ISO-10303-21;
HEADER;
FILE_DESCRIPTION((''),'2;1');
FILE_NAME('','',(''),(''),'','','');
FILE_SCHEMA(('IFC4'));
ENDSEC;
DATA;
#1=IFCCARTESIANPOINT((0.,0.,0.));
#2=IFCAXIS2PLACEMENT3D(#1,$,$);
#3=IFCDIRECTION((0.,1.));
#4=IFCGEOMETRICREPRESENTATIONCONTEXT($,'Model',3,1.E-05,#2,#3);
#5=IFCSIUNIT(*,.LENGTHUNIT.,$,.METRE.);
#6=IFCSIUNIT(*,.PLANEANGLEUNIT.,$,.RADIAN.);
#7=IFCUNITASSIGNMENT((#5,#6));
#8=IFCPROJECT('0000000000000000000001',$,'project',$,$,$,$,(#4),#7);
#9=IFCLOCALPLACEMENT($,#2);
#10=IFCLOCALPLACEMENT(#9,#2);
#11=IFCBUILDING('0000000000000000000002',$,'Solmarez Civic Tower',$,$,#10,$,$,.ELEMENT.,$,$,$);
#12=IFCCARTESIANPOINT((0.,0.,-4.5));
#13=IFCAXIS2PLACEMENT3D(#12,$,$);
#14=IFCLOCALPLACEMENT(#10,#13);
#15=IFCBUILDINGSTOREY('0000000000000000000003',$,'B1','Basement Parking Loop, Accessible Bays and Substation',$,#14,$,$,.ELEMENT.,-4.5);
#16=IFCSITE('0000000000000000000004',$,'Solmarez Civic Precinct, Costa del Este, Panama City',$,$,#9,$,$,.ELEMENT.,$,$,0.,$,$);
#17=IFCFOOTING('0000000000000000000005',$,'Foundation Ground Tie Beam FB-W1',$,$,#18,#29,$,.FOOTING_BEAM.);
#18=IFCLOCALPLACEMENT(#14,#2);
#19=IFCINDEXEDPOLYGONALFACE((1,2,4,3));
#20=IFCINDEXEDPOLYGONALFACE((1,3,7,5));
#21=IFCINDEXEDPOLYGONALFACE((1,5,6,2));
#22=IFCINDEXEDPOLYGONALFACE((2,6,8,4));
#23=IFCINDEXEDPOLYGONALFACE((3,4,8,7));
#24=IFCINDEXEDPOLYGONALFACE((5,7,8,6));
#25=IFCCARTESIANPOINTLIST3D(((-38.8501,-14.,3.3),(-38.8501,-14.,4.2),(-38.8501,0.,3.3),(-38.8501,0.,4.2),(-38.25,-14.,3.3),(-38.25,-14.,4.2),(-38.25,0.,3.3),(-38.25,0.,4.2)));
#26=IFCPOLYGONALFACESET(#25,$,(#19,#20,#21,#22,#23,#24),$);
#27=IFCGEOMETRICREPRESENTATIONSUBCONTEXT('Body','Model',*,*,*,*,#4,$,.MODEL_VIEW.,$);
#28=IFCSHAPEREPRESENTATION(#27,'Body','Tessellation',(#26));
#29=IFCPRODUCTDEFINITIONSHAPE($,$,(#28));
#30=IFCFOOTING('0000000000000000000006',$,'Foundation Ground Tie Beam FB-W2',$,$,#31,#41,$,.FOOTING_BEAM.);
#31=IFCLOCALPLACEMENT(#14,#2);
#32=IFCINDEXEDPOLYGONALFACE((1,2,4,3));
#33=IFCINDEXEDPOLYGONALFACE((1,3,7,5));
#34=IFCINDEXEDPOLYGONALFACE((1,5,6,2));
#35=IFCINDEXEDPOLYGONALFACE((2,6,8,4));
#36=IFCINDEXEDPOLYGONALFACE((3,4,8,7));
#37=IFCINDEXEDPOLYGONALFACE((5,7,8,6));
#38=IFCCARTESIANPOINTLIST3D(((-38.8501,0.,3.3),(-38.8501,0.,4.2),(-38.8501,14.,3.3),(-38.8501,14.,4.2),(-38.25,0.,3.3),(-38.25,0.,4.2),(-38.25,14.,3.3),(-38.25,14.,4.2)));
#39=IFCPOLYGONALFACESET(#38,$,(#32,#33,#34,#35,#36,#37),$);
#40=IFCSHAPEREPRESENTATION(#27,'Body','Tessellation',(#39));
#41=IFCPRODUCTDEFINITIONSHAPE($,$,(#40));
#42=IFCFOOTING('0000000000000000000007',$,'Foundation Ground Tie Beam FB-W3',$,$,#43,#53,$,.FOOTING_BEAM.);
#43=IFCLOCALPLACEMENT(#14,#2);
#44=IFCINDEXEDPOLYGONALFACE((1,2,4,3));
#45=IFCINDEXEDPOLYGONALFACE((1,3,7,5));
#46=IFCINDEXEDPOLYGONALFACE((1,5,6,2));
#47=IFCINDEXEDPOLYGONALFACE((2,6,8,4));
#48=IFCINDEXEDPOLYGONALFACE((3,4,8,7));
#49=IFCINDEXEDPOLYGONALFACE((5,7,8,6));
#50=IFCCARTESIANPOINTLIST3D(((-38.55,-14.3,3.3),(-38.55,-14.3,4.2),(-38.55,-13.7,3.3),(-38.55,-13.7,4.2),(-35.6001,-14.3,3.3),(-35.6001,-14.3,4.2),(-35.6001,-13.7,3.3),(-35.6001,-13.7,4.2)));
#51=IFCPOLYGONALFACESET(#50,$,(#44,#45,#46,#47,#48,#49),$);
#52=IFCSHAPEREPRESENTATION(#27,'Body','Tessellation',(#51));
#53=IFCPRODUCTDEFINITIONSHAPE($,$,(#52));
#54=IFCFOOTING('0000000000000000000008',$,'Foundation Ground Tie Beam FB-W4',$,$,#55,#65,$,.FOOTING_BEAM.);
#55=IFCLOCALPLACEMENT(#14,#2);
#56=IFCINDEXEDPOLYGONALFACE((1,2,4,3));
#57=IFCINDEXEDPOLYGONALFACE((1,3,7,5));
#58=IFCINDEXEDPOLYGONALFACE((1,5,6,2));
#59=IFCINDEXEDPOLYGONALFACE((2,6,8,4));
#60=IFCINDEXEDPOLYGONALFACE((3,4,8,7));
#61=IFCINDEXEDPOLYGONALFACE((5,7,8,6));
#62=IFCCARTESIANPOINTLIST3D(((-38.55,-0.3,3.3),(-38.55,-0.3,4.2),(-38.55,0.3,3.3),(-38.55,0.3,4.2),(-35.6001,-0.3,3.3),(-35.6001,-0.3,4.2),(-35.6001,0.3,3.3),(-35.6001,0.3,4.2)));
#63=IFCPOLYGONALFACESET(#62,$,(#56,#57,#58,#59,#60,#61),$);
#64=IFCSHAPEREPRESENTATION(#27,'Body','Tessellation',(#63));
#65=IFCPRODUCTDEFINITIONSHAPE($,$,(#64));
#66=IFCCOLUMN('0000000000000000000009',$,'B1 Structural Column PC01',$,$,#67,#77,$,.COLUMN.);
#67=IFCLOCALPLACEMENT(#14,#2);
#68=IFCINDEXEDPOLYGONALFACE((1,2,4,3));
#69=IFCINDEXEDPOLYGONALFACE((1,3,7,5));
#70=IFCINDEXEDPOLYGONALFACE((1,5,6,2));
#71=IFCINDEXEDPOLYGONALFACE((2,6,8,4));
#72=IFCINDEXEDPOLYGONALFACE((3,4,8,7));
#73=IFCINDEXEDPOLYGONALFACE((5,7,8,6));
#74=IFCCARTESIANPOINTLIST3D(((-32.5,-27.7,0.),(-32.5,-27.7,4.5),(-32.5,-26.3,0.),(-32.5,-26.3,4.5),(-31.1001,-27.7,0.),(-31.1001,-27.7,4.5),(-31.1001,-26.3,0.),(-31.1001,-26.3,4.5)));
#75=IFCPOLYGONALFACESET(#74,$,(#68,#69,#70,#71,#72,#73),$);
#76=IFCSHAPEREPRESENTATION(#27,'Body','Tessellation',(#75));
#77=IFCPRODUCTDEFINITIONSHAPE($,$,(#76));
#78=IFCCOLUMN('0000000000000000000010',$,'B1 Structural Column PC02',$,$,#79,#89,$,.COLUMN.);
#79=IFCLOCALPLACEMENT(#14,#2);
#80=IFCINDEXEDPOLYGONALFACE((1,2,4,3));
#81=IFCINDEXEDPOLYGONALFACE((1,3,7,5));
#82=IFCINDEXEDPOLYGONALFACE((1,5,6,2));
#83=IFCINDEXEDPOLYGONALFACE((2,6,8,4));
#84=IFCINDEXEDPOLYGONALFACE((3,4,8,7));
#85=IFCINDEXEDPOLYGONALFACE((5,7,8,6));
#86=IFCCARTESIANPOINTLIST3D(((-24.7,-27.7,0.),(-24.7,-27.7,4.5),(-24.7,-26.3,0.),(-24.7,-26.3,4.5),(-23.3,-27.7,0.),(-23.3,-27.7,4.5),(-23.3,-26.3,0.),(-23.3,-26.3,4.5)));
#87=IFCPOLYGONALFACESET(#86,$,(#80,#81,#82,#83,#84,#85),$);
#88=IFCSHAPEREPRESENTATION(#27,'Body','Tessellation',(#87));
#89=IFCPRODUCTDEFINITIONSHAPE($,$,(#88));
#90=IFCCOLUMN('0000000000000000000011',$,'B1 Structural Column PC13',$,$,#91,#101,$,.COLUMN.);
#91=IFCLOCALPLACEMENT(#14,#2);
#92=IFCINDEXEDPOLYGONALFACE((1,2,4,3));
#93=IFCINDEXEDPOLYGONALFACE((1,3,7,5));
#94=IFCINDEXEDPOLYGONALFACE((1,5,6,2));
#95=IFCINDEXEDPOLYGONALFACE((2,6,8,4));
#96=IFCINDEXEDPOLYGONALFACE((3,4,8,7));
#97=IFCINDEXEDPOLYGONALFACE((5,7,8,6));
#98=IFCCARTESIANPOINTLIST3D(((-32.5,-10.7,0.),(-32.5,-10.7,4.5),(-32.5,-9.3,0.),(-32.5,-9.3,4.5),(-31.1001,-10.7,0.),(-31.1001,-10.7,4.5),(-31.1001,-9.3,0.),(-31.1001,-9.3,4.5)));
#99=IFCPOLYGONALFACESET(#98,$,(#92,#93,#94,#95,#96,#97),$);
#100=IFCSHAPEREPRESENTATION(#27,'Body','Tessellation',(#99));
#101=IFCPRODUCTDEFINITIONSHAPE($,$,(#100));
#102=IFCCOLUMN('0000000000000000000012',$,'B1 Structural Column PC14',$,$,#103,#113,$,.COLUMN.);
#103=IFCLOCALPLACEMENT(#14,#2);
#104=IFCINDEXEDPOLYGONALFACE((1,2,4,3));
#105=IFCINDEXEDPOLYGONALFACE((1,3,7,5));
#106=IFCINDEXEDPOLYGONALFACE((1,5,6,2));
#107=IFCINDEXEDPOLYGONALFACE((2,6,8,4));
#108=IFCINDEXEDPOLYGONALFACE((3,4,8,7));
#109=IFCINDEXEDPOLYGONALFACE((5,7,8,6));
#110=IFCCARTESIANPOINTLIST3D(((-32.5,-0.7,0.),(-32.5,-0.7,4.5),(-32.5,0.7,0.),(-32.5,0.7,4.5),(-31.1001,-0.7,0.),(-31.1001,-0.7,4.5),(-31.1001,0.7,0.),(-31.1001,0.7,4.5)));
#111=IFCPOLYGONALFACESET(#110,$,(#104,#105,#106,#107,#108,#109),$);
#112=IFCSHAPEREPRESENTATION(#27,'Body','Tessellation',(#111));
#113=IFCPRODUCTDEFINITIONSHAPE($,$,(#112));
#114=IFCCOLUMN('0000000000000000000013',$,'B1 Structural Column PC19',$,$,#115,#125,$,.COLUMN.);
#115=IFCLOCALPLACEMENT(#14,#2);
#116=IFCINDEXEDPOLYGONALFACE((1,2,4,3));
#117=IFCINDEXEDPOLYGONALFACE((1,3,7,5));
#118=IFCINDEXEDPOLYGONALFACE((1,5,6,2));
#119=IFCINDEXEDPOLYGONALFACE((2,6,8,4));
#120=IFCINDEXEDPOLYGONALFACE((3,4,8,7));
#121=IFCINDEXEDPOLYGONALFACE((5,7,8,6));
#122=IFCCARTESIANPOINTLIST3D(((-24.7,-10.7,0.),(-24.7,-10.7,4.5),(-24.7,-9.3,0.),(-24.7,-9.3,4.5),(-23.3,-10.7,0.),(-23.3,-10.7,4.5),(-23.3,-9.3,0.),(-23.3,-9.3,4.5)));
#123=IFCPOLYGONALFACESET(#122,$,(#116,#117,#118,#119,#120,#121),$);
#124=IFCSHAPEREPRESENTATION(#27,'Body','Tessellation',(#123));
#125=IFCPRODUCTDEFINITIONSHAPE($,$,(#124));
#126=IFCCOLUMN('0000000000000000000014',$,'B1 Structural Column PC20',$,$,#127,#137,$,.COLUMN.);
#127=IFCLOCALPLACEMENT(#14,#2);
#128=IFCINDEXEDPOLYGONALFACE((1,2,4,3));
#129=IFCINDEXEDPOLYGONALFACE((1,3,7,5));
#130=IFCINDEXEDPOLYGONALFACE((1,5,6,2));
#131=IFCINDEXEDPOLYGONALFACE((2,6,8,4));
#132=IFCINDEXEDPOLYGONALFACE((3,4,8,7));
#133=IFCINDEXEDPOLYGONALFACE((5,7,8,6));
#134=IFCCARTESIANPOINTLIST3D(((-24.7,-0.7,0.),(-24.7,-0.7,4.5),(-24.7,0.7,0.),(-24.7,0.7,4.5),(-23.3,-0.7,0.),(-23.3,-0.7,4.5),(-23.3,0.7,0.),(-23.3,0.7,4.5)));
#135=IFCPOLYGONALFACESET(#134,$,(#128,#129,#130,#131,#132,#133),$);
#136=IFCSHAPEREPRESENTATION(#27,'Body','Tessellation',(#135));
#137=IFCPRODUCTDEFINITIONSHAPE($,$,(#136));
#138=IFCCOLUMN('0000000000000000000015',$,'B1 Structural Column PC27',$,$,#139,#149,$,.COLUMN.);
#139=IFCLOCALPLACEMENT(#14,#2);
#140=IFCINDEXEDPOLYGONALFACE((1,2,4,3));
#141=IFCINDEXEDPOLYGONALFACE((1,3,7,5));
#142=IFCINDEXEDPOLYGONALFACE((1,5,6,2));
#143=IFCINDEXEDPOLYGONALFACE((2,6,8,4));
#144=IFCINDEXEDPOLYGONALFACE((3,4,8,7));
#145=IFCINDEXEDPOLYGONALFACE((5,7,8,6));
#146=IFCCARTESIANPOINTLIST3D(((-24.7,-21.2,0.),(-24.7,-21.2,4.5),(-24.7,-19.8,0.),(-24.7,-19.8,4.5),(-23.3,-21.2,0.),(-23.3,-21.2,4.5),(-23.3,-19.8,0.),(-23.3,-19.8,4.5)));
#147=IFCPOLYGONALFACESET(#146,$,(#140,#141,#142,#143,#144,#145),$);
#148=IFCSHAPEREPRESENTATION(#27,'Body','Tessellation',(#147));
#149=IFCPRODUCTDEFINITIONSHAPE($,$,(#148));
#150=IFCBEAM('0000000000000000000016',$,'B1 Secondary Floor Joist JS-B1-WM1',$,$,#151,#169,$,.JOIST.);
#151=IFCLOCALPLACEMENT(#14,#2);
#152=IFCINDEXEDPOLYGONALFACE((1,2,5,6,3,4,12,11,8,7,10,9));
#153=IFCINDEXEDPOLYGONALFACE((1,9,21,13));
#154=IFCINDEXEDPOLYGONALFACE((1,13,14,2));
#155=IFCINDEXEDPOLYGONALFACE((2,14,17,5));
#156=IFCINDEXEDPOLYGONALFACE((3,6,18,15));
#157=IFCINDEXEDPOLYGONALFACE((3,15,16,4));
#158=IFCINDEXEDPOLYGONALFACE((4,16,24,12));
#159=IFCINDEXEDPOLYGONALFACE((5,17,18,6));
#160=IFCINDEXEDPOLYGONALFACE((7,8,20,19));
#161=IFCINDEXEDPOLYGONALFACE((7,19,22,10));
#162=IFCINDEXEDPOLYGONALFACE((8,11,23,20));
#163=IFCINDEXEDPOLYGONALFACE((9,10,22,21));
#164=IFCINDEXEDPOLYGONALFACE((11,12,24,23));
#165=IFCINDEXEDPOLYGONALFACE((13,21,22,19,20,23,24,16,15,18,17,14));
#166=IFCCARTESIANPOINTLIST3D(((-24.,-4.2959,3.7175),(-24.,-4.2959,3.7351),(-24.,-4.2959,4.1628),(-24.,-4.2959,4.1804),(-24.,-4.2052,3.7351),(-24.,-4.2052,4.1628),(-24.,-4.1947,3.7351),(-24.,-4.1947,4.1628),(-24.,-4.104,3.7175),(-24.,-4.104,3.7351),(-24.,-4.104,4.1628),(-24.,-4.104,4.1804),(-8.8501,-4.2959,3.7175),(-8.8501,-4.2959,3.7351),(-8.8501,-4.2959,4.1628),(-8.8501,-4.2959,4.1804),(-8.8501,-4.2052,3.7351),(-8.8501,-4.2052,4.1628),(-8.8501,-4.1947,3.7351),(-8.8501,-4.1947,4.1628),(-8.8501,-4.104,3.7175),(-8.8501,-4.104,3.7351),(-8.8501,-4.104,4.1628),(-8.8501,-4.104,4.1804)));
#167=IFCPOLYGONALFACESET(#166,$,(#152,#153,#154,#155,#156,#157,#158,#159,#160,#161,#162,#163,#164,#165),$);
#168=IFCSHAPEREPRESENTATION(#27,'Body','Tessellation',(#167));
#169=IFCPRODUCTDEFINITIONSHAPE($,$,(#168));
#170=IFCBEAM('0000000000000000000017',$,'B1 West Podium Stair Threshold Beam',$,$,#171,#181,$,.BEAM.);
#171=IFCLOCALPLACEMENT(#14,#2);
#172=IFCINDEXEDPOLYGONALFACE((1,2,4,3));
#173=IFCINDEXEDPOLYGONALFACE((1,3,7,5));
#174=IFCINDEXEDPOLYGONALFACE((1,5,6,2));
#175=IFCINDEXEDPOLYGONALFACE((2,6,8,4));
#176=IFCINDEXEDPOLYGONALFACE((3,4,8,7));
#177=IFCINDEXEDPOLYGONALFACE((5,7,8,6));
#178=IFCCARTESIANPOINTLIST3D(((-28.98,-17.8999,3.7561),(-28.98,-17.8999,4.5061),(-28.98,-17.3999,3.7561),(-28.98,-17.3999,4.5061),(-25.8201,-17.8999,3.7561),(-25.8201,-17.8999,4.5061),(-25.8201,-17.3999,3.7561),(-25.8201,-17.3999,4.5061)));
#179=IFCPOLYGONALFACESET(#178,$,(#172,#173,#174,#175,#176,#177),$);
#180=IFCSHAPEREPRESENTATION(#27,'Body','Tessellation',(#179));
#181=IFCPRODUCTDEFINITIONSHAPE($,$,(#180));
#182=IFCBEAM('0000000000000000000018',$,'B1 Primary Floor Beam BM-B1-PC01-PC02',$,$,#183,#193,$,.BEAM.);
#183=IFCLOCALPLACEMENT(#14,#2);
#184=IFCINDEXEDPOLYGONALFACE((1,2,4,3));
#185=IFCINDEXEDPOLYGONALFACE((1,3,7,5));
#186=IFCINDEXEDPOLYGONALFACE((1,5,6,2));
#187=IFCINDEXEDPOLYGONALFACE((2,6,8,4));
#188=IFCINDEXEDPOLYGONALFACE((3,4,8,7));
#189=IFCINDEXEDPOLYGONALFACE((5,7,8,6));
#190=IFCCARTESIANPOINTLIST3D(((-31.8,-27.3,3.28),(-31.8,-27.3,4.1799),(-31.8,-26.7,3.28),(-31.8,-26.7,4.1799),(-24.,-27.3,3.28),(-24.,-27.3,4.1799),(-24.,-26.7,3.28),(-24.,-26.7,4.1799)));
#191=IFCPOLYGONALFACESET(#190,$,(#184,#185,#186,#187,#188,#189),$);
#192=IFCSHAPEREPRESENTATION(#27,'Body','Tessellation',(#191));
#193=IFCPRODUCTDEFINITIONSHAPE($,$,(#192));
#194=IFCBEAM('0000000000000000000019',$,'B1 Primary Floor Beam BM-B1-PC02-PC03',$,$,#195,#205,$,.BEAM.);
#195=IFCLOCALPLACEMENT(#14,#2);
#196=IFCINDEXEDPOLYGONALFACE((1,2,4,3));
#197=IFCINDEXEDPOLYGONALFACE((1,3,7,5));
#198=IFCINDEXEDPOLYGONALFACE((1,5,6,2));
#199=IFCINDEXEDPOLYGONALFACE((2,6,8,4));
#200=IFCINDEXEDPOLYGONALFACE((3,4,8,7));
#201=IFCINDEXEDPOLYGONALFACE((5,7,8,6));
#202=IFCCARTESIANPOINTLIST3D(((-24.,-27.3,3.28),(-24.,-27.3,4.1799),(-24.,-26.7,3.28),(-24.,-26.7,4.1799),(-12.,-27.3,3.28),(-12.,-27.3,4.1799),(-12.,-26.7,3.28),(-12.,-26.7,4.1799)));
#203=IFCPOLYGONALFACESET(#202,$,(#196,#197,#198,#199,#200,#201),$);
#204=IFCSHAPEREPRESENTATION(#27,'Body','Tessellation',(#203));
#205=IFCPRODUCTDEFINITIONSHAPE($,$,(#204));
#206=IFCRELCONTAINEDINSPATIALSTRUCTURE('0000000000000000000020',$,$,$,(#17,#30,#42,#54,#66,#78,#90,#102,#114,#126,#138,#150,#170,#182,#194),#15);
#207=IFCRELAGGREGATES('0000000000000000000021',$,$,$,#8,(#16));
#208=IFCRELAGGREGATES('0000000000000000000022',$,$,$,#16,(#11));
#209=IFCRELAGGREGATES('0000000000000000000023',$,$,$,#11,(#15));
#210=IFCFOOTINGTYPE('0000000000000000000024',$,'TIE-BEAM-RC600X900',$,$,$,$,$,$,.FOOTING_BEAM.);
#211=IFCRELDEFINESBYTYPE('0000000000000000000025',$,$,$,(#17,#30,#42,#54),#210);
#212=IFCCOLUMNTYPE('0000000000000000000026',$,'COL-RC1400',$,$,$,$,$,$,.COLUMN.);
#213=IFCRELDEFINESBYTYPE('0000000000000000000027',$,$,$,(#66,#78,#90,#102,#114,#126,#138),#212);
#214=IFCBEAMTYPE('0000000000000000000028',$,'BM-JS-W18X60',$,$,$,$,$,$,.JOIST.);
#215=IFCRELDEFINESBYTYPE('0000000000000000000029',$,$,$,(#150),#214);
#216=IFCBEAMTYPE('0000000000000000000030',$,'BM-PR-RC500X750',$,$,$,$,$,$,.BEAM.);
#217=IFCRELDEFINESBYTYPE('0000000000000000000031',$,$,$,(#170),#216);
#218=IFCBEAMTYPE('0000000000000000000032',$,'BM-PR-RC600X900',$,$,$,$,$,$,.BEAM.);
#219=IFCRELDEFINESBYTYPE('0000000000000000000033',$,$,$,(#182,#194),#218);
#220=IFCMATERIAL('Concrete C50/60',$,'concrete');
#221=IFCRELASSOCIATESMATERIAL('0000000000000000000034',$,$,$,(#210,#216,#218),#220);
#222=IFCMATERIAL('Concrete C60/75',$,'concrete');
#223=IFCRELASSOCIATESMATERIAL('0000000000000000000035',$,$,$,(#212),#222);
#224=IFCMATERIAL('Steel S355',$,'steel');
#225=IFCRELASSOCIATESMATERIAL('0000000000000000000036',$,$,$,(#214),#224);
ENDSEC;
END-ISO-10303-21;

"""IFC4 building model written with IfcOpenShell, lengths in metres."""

from ifc_helpers import new_model, si_unit, direction, frame, origin, origin_2d, place, context, subcontext, project, spatial, rectangle, i_section, extrude, material, material_profile, profile_set, type_object, element, save


model = new_model("IFC4")

# Units and contexts
model_context = context("Model", 3, precision=1e-05, world=origin(), true_north=direction((0.0, 1.0)))
body_context = subcontext(model_context, "Body", "Model", "MODEL_VIEW")
ifc_project = project(units=[si_unit("LENGTHUNIT", "METRE"), si_unit("PLANEANGLEUNIT", "RADIAN")], contexts=[model_context])

# Site, building, storey
site_placement = place(None, origin())
site = spatial("IfcSite", under=ifc_project, at=site_placement, Name="Solmarez Civic Precinct, Costa del Este, Panama City", CompositionType="ELEMENT", RefElevation=0.0)
building_placement = place(site_placement, origin())
building = spatial("IfcBuilding", under=site, at=building_placement, Name="Solmarez Civic Tower", CompositionType="ELEMENT")
storey_placement = place(building_placement, frame((0.0, 0.0, -4.5)))
storey = spatial("IfcBuildingStorey", under=building, at=storey_placement, Name="B1", Description="Basement Parking Loop, Accessible Bays and Substation", CompositionType="ELEMENT", Elevation=-4.5)

# Footings
ifc_material_1 = material(Name="Concrete C50/60", Category="concrete")
ifc_material_profile_1 = material_profile(ifc_material_1, rectangle(XDim=0.6001, YDim=0.8999, at=origin_2d()), Name="RC600X900")
ifc_profile_set_1 = profile_set([ifc_material_profile_1], Name="Concrete C50/60")
footing_type = type_object("IfcFootingType", Name="TIE-BEAM-RC600X900", PredefinedType="FOOTING_BEAM", material=ifc_profile_set_1)
for number, where, z_axis, x_axis, name in (
    (1, (-38.55, -14.0, 3.75), (0.0, 1.0, 0.0), (-1.0, 0.0, 0.0), "Foundation Ground Tie Beam FB-W1"),
    (2, (-38.55, 0.0, 3.75), (0.0, 1.0, 0.0), (-1.0, 0.0, 0.0), "Foundation Ground Tie Beam FB-W2"),
):
    element("IfcFooting", number, at=place(storey_placement, frame(where, z_axis=z_axis, x_axis=x_axis)), inside=storey, type_object=footing_type, Name=name, PredefinedType="FOOTING_BEAM", context=body_context, shape_type="SweptSolid", body=[
        extrude(rectangle(XDim=0.6001, YDim=0.8999, at=origin_2d()), origin(), (0.0, 0.0, 1.0), 14.0),
    ])
for number, where, z_axis, x_axis, name in (
    (3, (-38.55, -14.0, 3.75), (1.0, 0.0, 0.0), (0.0, 1.0, 0.0), "Foundation Ground Tie Beam FB-W3"),
    (4, (-38.55, 0.0, 3.75), (1.0, 0.0, 0.0), (0.0, 1.0, 0.0), "Foundation Ground Tie Beam FB-W4"),
):
    element("IfcFooting", number, at=place(storey_placement, frame(where, z_axis=z_axis, x_axis=x_axis)), inside=storey, type_object=footing_type, Name=name, PredefinedType="FOOTING_BEAM", context=body_context, shape_type="SweptSolid", body=[
        extrude(rectangle(XDim=0.6001, YDim=0.8999, at=origin_2d()), origin(), (0.0, 0.0, 1.0), 2.95),
    ])

# Columns
ifc_material_2 = material(Name="Concrete C60/75", Category="concrete")
ifc_material_profile_2 = material_profile(ifc_material_2, rectangle(XDim=1.3999, YDim=1.3999, at=origin_2d()), Name="RC1400X1400")
ifc_profile_set_2 = profile_set([ifc_material_profile_2], Name="Concrete C60/75")
column_type = type_object("IfcColumnType", Name="COL-RC1400", PredefinedType="COLUMN", material=ifc_profile_set_2)
for number, where, z_axis, x_axis, name in (
    (5, (-31.8, -27.0, 0.0), (0.0, 0.0, 1.0), (1.0, 0.0, 0.0), "B1 Structural Column PC01"),
    (6, (-24.0, -27.0, 0.0), (0.0, 0.0, 1.0), (1.0, 0.0, 0.0), "B1 Structural Column PC02"),
    (7, (-31.8, -10.0, 0.0), (0.0, 0.0, 1.0), (1.0, 0.0, 0.0), "B1 Structural Column PC13"),
    (8, (-31.8, 0.0, 0.0), (0.0, 0.0, 1.0), (1.0, 0.0, 0.0), "B1 Structural Column PC14"),
    (9, (-24.0, -10.0, 0.0), (0.0, 0.0, 1.0), (1.0, 0.0, 0.0), "B1 Structural Column PC19"),
    (10, (-24.0, 0.0, 0.0), (0.0, 0.0, 1.0), (1.0, 0.0, 0.0), "B1 Structural Column PC20"),
    (11, (-24.0, -20.5, 0.0), (0.0, 0.0, 1.0), (1.0, 0.0, 0.0), "B1 Structural Column PC27"),
):
    element("IfcColumn", number, at=place(storey_placement, frame(where, z_axis=z_axis, x_axis=x_axis)), inside=storey, type_object=column_type, Name=name, PredefinedType="COLUMN", context=body_context, shape_type="SweptSolid", body=[
        extrude(rectangle(XDim=1.3999, YDim=1.3999, at=origin_2d()), origin(), (0.0, 0.0, 1.0), 4.5),
    ])

# Beams
ifc_material_3 = material(Name="Steel S355", Category="steel")
ifc_material_profile_3 = material_profile(ifc_material_3, i_section(OverallWidth=0.1919, OverallDepth=0.4629, WebThickness=0.0105, FlangeThickness=0.0176, at=origin_2d()), Name="W18X60")
ifc_profile_set_3 = profile_set([ifc_material_profile_3], Name="Steel S355")
beam_type_1 = type_object("IfcBeamType", Name="BM-JS-W18X60", PredefinedType="JOIST", material=ifc_profile_set_3)
beam_1_placement = place(storey_placement, frame((-24.0, -4.2, 3.949), z_axis=(1.0, 0.0, 0.0), x_axis=(0.0, 1.0, 0.0)))
element("IfcBeam", 12, at=beam_1_placement, inside=storey, type_object=beam_type_1, Name="B1 Secondary Floor Joist JS-B1-WM1", PredefinedType="JOIST", context=body_context, shape_type="SweptSolid", body=[
    extrude(i_section(OverallWidth=0.1919, OverallDepth=0.4629, WebThickness=0.0105, FlangeThickness=0.0176, at=origin_2d()), origin(), (0.0, 0.0, 1.0), 15.1499),
])
ifc_material_profile_4 = material_profile(ifc_material_1, rectangle(XDim=0.5, YDim=0.75, at=origin_2d()), Name="RC500X750")
ifc_profile_set_4 = profile_set([ifc_material_profile_4], Name="Concrete C50/60")
beam_type_2 = type_object("IfcBeamType", Name="BM-PR-RC500X750", PredefinedType="BEAM", material=ifc_profile_set_4)
beam_2_placement = place(storey_placement, frame((-28.98, -17.6499, 4.1311), z_axis=(1.0, 0.0, 0.0), x_axis=(0.0, 1.0, 0.0)))
element("IfcBeam", 13, at=beam_2_placement, inside=storey, type_object=beam_type_2, Name="B1 West Podium Stair Threshold Beam", PredefinedType="BEAM", context=body_context, shape_type="SweptSolid", body=[
    extrude(rectangle(XDim=0.5, YDim=0.75, at=origin_2d()), origin(), (0.0, 0.0, 1.0), 3.1599),
])
ifc_material_profile_5 = material_profile(ifc_material_1, rectangle(XDim=0.6001, YDim=0.8999, at=origin_2d()), Name="RC600X900")
ifc_profile_set_5 = profile_set([ifc_material_profile_5], Name="Concrete C50/60")
beam_type_3 = type_object("IfcBeamType", Name="BM-PR-RC600X900", PredefinedType="BEAM", material=ifc_profile_set_5)
beam_3_placement = place(storey_placement, frame((-31.8, -27.0, 3.73), z_axis=(1.0, 0.0, 0.0), x_axis=(0.0, 1.0, 0.0)))
element("IfcBeam", 14, at=beam_3_placement, inside=storey, type_object=beam_type_3, Name="B1 Primary Floor Beam BM-B1-PC01-PC02", PredefinedType="BEAM", context=body_context, shape_type="SweptSolid", body=[
    extrude(rectangle(XDim=0.6001, YDim=0.8999, at=origin_2d()), origin(), (0.0, 0.0, 1.0), 7.8),
])
beam_4_placement = place(storey_placement, frame((-24.0, -27.0, 3.73), z_axis=(1.0, 0.0, 0.0), x_axis=(0.0, 1.0, 0.0)))
element("IfcBeam", 15, at=beam_4_placement, inside=storey, type_object=beam_type_3, Name="B1 Primary Floor Beam BM-B1-PC02-PC03", PredefinedType="BEAM", context=body_context, shape_type="SweptSolid", body=[
    extrude(rectangle(XDim=0.6001, YDim=0.8999, at=origin_2d()), origin(), (0.0, 0.0, 1.0), 12.0),
])

save(model, "model.ifc")
